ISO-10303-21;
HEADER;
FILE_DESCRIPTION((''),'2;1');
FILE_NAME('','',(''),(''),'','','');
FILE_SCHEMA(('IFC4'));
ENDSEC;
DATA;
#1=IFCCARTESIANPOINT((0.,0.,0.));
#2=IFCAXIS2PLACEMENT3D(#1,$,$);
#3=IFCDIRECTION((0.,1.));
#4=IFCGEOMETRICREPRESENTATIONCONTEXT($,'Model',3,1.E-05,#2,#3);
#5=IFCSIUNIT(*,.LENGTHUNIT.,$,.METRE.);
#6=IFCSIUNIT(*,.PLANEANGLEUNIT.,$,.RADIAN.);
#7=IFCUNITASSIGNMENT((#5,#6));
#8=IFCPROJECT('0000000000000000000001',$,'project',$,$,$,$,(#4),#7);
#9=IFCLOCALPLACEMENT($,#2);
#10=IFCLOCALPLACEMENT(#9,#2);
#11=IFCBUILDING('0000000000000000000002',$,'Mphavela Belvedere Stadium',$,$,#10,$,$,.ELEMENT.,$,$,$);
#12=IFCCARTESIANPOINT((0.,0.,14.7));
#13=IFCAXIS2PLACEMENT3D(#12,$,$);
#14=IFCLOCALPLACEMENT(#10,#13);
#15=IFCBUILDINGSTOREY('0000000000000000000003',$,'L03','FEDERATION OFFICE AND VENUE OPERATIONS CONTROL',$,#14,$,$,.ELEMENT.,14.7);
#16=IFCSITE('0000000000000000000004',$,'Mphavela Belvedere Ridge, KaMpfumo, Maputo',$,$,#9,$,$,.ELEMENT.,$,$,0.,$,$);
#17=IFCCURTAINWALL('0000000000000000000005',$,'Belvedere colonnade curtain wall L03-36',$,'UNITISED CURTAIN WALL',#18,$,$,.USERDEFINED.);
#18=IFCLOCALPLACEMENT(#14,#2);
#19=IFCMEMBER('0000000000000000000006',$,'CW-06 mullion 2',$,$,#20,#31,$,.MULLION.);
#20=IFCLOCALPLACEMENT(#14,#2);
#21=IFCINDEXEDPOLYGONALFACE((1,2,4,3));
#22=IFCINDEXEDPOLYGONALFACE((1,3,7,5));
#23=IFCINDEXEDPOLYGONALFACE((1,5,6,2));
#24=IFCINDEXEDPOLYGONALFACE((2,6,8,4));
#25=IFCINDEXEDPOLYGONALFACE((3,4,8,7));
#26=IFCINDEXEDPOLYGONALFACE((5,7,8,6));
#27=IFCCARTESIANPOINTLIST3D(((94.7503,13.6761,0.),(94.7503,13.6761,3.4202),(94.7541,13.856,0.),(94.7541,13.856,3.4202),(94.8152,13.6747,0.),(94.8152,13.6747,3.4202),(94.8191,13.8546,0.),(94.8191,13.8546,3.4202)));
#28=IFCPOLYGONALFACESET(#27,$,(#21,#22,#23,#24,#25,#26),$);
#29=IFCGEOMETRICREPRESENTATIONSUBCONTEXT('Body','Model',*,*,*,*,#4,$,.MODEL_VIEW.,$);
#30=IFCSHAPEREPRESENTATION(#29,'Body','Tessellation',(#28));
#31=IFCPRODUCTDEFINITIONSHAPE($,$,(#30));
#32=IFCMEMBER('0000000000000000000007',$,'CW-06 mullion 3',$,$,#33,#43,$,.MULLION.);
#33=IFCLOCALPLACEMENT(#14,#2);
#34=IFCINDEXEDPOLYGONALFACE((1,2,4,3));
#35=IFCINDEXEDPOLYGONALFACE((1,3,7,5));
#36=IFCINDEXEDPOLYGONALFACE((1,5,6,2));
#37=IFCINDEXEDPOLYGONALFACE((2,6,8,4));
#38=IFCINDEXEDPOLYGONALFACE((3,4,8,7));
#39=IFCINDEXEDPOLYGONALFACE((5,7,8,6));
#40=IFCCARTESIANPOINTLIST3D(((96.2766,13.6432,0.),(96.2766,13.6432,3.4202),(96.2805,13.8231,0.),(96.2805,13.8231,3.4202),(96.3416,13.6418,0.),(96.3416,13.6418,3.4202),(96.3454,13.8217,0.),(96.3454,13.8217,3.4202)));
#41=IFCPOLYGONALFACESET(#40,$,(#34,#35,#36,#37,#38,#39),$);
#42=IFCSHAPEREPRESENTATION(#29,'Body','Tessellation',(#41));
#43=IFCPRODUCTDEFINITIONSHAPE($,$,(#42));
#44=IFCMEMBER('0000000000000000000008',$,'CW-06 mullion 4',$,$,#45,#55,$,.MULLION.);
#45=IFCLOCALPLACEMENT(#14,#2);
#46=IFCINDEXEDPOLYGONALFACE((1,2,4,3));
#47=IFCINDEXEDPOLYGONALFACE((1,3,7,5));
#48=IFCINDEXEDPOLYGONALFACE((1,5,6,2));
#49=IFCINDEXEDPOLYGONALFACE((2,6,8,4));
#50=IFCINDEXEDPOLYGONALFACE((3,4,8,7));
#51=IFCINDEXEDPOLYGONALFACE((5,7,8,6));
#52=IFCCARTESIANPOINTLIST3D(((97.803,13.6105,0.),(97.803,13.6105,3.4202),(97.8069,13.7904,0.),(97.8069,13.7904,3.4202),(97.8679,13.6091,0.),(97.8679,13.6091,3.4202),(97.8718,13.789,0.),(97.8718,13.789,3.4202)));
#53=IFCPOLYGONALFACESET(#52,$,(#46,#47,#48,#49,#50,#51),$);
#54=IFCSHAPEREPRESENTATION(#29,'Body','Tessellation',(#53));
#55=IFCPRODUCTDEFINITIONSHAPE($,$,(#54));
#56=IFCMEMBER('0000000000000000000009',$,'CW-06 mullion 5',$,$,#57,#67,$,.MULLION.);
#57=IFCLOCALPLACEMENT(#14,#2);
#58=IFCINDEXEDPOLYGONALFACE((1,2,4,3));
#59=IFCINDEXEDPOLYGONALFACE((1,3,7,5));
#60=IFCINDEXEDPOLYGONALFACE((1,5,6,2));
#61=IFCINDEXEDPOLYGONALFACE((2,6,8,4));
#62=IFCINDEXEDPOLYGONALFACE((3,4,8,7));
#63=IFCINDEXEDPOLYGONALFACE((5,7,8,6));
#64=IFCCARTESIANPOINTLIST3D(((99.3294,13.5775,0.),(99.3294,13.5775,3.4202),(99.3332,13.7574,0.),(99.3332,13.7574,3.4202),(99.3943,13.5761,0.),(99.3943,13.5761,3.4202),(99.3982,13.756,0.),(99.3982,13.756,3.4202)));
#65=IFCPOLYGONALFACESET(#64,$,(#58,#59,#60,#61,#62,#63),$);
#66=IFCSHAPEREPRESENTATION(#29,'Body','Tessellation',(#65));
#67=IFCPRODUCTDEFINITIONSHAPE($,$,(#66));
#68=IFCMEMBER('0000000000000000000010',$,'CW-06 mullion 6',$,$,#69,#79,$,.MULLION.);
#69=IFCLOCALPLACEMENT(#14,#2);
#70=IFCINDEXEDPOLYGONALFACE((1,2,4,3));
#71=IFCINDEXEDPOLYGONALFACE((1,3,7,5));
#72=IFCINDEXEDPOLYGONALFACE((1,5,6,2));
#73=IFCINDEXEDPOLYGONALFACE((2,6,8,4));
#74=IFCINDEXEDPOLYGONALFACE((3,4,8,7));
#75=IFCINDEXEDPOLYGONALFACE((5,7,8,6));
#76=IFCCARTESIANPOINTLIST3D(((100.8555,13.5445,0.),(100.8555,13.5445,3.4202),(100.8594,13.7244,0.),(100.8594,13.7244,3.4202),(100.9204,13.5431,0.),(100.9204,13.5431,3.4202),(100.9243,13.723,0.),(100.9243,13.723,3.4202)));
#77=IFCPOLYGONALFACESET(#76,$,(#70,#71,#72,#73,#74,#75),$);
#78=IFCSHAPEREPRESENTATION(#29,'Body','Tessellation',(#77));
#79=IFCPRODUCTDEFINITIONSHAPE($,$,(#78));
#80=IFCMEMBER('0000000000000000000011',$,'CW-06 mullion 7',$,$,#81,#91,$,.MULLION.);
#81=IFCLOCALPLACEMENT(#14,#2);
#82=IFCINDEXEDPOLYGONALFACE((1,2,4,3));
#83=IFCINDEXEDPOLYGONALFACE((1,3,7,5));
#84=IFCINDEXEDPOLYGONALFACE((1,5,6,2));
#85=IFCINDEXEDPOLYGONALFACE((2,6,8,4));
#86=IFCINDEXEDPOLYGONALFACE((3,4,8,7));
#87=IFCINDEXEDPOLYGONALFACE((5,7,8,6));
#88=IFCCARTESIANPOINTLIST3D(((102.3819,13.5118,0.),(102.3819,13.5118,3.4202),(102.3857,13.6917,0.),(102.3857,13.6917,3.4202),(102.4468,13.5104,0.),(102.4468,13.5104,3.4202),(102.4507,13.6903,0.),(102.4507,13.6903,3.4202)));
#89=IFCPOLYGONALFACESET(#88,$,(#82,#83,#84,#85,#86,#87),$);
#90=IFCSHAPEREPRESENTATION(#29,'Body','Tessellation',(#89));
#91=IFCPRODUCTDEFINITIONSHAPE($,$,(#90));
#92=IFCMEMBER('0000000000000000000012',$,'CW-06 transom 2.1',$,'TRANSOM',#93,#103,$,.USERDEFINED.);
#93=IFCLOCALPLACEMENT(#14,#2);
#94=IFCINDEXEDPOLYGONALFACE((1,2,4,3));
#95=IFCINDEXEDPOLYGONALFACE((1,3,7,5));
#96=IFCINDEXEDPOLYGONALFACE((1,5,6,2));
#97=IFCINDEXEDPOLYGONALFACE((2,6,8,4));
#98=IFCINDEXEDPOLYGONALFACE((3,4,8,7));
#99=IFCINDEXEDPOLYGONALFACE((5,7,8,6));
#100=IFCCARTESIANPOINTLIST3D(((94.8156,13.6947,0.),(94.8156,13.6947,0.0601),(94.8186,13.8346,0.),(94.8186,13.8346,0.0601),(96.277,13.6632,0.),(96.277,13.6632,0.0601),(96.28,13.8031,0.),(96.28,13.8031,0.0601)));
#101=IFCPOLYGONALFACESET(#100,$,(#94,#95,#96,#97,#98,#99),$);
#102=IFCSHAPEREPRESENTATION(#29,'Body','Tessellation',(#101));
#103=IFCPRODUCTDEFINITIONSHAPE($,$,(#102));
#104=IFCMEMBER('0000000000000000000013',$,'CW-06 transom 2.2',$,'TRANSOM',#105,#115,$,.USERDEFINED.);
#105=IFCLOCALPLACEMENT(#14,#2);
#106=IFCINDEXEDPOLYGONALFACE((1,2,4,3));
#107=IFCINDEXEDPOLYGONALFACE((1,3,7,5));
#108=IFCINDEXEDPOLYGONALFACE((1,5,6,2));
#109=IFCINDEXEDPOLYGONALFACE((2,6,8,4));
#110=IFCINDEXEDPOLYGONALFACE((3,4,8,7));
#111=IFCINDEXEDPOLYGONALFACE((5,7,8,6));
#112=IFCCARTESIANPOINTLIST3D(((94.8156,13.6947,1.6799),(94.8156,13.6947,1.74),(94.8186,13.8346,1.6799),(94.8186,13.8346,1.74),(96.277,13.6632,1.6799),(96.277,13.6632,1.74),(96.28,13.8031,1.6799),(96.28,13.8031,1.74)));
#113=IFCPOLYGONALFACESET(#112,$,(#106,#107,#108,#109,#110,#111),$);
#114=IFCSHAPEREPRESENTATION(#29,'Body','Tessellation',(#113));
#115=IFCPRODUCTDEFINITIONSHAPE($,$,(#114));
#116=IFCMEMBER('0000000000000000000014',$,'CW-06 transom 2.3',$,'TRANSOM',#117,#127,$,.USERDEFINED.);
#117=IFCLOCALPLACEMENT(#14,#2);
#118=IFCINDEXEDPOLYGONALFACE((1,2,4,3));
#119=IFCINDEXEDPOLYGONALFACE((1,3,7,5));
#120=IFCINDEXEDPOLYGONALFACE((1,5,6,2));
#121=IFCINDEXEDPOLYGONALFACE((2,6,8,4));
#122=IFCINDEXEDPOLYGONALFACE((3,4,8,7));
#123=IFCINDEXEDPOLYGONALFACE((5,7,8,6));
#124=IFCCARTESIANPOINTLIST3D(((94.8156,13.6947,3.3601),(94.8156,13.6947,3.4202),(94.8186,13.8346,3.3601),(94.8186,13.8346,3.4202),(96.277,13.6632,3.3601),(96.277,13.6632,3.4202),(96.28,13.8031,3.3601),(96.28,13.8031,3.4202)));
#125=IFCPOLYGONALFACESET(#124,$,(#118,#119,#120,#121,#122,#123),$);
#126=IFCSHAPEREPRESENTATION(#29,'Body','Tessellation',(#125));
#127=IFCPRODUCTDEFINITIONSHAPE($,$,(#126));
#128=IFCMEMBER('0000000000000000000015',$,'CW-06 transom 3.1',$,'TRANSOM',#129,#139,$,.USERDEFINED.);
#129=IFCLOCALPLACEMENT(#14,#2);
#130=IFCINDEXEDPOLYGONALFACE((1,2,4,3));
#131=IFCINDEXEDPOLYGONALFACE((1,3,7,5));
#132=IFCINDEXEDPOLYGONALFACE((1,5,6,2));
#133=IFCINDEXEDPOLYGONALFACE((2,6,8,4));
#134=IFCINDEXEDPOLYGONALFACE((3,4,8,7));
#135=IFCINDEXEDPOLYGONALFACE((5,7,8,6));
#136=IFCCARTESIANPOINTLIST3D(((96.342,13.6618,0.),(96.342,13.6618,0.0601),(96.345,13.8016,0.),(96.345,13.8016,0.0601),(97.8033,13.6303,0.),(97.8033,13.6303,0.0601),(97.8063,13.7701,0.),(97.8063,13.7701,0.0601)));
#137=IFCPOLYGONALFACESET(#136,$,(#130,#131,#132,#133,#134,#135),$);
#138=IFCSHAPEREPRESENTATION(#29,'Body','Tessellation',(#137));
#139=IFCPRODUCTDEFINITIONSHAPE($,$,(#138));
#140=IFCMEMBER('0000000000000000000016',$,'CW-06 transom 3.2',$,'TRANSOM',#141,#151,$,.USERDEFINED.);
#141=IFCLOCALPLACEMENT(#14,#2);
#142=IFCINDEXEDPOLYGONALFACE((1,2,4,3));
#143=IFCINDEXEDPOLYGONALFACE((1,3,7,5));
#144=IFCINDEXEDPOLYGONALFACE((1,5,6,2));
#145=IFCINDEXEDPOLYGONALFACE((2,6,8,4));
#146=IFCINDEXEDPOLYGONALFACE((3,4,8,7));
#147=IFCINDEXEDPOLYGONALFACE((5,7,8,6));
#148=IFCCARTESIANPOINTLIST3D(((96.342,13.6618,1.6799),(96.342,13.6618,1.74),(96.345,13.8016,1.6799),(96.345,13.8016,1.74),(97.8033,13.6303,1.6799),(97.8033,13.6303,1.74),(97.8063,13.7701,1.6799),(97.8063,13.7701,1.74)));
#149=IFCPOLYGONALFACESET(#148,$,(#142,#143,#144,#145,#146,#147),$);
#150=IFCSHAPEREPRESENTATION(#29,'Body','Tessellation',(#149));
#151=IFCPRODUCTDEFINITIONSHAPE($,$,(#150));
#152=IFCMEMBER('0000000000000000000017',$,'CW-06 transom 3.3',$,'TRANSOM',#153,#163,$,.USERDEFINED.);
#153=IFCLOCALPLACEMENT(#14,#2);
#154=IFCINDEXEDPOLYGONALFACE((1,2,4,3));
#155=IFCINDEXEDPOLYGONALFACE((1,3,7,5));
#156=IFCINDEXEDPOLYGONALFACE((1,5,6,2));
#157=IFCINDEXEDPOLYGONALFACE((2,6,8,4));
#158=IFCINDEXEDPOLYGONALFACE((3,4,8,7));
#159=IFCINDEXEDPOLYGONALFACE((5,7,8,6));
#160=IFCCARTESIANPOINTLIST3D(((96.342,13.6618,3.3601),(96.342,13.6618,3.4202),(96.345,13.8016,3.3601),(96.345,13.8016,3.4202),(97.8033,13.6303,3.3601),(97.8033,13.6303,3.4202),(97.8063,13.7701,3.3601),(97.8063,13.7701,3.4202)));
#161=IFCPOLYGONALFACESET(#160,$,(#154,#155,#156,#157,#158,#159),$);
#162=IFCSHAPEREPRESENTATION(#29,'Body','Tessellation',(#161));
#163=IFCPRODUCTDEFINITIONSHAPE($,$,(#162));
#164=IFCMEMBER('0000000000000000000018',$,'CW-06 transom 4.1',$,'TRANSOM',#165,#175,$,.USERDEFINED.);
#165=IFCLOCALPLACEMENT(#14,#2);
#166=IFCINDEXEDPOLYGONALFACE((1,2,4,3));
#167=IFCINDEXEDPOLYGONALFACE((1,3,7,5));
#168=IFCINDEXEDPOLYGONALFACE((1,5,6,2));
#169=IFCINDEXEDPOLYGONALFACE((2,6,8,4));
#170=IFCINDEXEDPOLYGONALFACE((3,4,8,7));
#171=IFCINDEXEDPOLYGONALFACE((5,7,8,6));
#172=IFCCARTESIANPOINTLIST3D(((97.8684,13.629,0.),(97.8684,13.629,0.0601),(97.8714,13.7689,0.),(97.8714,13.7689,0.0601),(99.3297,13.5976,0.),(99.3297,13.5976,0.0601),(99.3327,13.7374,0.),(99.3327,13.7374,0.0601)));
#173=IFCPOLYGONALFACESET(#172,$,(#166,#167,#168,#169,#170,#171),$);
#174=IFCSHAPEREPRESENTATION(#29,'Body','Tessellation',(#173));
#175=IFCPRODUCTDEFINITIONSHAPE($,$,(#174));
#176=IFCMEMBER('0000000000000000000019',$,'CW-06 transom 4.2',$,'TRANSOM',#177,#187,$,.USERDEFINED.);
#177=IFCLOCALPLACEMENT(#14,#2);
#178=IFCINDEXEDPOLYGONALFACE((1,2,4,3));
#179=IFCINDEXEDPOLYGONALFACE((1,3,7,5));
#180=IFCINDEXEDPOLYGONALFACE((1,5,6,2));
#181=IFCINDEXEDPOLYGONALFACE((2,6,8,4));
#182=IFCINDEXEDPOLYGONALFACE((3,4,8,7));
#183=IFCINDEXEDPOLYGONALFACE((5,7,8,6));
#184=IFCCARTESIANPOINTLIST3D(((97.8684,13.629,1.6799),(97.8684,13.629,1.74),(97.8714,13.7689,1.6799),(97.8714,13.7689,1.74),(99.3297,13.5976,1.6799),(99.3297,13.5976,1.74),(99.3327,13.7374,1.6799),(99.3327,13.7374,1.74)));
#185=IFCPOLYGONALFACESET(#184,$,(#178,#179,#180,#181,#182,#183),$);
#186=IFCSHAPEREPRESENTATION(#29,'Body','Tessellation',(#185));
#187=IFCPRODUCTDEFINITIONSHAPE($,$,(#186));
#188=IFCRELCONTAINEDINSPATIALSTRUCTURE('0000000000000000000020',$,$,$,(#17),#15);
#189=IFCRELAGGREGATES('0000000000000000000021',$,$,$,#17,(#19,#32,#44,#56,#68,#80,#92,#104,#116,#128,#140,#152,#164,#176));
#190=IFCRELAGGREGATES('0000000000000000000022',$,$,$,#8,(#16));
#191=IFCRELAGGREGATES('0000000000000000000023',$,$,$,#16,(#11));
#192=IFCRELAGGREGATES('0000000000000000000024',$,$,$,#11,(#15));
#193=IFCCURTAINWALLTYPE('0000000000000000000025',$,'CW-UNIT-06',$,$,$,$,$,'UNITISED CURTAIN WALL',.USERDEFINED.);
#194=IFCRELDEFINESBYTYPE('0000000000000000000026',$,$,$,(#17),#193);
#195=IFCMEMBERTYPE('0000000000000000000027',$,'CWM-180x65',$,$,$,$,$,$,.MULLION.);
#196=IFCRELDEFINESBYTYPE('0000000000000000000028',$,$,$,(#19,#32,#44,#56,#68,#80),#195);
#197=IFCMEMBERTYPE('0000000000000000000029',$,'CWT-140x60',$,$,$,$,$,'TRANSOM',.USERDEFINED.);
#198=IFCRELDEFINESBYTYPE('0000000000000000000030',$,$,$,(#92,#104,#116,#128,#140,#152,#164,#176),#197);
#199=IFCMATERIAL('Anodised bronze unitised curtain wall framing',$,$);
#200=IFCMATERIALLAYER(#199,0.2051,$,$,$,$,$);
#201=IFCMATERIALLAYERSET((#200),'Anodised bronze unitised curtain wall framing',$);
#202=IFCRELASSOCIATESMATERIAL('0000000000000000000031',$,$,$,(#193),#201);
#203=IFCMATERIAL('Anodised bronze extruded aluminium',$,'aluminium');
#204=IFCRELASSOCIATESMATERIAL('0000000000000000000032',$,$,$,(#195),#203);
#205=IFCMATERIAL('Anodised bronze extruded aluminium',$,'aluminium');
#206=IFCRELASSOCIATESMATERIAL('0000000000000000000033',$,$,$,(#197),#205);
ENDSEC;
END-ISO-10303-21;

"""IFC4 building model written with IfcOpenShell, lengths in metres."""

from ifc_helpers import new_model, si_unit, direction, frame, origin, origin_2d, place, context, subcontext, project, spatial, rectangle, extrude, material, layer, layer_set, material_profile, profile_set, type_object, element, aggregate, save


model = new_model("IFC4")

# Units and contexts
model_context = context("Model", 3, precision=1e-05, world=origin(), true_north=direction((0.0, 1.0)))
body_context = subcontext(model_context, "Body", "Model", "MODEL_VIEW")
ifc_project = project(units=[si_unit("LENGTHUNIT", "METRE"), si_unit("PLANEANGLEUNIT", "RADIAN")], contexts=[model_context])

# Site, building, storey
site_placement = place(None, origin())
site = spatial("IfcSite", under=ifc_project, at=site_placement, Name="Mphavela Belvedere Ridge, KaMpfumo, Maputo", CompositionType="ELEMENT", RefElevation=0.0)
building_placement = place(site_placement, origin())
building = spatial("IfcBuilding", under=site, at=building_placement, Name="Mphavela Belvedere Stadium", CompositionType="ELEMENT")
storey_placement = place(building_placement, frame((0.0, 0.0, 14.7)))
storey = spatial("IfcBuildingStorey", under=building, at=storey_placement, Name="L03", Description="FEDERATION OFFICE AND VENUE OPERATIONS CONTROL", CompositionType="ELEMENT", Elevation=14.7)

# Curtain wall, members
ifc_material_1 = material(Name="Anodised bronze unitised curtain wall framing")
ifc_layer_1 = layer(ifc_material_1, 0.2051)
ifc_layer_set_1 = layer_set([ifc_layer_1], Name="Anodised bronze unitised curtain wall framing")
curtain_wall_type = type_object("IfcCurtainWallType", Name="CW-UNIT-06", ElementType="UNITISED CURTAIN WALL", PredefinedType="USERDEFINED", material=ifc_layer_set_1)
curtain_wall_placement = place(storey_placement, origin())
curtain_wall = element("IfcCurtainWall", 1, at=curtain_wall_placement, inside=storey, type_object=curtain_wall_type, Name="Belvedere colonnade curtain wall L03-36", ObjectType="UNITISED CURTAIN WALL", PredefinedType="USERDEFINED")
ifc_material_2 = material(Name="Anodised bronze extruded aluminium", Category="aluminium")
ifc_material_profile_1 = material_profile(ifc_material_2, rectangle(XDim=0.1799, YDim=0.0649, at=origin_2d()), Name="CW-MUL 180x65")
ifc_profile_set_1 = profile_set([ifc_material_profile_1], Name="Anodised bronze extruded aluminium")
member_type_1 = type_object("IfcMemberType", Name="CWM-180x65", PredefinedType="MULLION", material=ifc_profile_set_1)
member_1_placement = place(storey_placement, frame((94.7847, 13.7654, 0.0), z_axis=(0.0, 0.0, 1.0), x_axis=(0.021531, 0.999768, 0.0)))
member_1 = element("IfcMember", 2, at=member_1_placement, type_object=member_type_1, Name="CW-06 mullion 2", PredefinedType="MULLION", context=body_context, shape_type="SweptSolid", body=[
    extrude(rectangle(XDim=0.1799, YDim=0.0649, at=origin_2d()), origin(), (0.0, 0.0, 1.0), 3.4202),
])
member_2_placement = place(storey_placement, frame((96.311, 13.7324, 0.0), z_axis=(0.0, 0.0, 1.0), x_axis=(0.021531, 0.999768, 0.0)))
member_2 = element("IfcMember", 3, at=member_2_placement, type_object=member_type_1, Name="CW-06 mullion 3", PredefinedType="MULLION", context=body_context, shape_type="SweptSolid", body=[
    extrude(rectangle(XDim=0.1799, YDim=0.0649, at=origin_2d()), origin(), (0.0, 0.0, 1.0), 3.4202),
])
member_3_placement = place(storey_placement, frame((97.8374, 13.6997, 0.0), z_axis=(0.0, 0.0, 1.0), x_axis=(0.021531, 0.999768, 0.0)))
member_3 = element("IfcMember", 4, at=member_3_placement, type_object=member_type_1, Name="CW-06 mullion 4", PredefinedType="MULLION", context=body_context, shape_type="SweptSolid", body=[
    extrude(rectangle(XDim=0.1799, YDim=0.0649, at=origin_2d()), origin(), (0.0, 0.0, 1.0), 3.4202),
])
member_4_placement = place(storey_placement, frame((99.3638, 13.6667, 0.0), z_axis=(0.0, 0.0, 1.0), x_axis=(0.021531, 0.999768, 0.0)))
member_4 = element("IfcMember", 5, at=member_4_placement, type_object=member_type_1, Name="CW-06 mullion 5", PredefinedType="MULLION", context=body_context, shape_type="SweptSolid", body=[
    extrude(rectangle(XDim=0.1799, YDim=0.0649, at=origin_2d()), origin(), (0.0, 0.0, 1.0), 3.4202),
])
member_5_placement = place(storey_placement, frame((100.8899, 13.6338, 0.0), z_axis=(0.0, 0.0, 1.0), x_axis=(0.021531, 0.999768, 0.0)))
member_5 = element("IfcMember", 6, at=member_5_placement, type_object=member_type_1, Name="CW-06 mullion 6", PredefinedType="MULLION", context=body_context, shape_type="SweptSolid", body=[
    extrude(rectangle(XDim=0.1799, YDim=0.0649, at=origin_2d()), origin(), (0.0, 0.0, 1.0), 3.4202),
])
member_6_placement = place(storey_placement, frame((102.4163, 13.6011, 0.0), z_axis=(0.0, 0.0, 1.0), x_axis=(0.021531, 0.999768, 0.0)))
member_6 = element("IfcMember", 7, at=member_6_placement, type_object=member_type_1, Name="CW-06 mullion 7", PredefinedType="MULLION", context=body_context, shape_type="SweptSolid", body=[
    extrude(rectangle(XDim=0.1799, YDim=0.0649, at=origin_2d()), origin(), (0.0, 0.0, 1.0), 3.4202),
])
ifc_material_3 = material(Name="Anodised bronze extruded aluminium", Category="aluminium")
ifc_material_profile_2 = material_profile(ifc_material_3, rectangle(XDim=0.1399, YDim=0.0601, at=origin_2d()), Name="CW-TRN 140x60")
ifc_profile_set_2 = profile_set([ifc_material_profile_2], Name="Anodised bronze extruded aluminium")
member_type_2 = type_object("IfcMemberType", Name="CWT-140x60", ElementType="TRANSOM", PredefinedType="USERDEFINED", material=ifc_profile_set_2)
member_7_placement = place(storey_placement, frame((94.8171, 13.7646, 0.03), z_axis=(0.999768, -0.021545, 0.0), x_axis=(0.021545, 0.999768, 0.0)))
member_7 = element("IfcMember", 8, at=member_7_placement, type_object=member_type_2, Name="CW-06 transom 2.1", ObjectType="TRANSOM", PredefinedType="USERDEFINED", context=body_context, shape_type="SweptSolid", body=[
    extrude(rectangle(XDim=0.1399, YDim=0.0601, at=origin_2d()), origin(), (0.0, 0.0, 1.0), 1.4617),
])
member_8_placement = place(storey_placement, frame((94.8171, 13.7646, 1.71), z_axis=(0.999768, -0.021545, 0.0), x_axis=(0.021545, 0.999768, 0.0)))
member_8 = element("IfcMember", 9, at=member_8_placement, type_object=member_type_2, Name="CW-06 transom 2.2", ObjectType="TRANSOM", PredefinedType="USERDEFINED", context=body_context, shape_type="SweptSolid", body=[
    extrude(rectangle(XDim=0.1399, YDim=0.0601, at=origin_2d()), origin(), (0.0, 0.0, 1.0), 1.4617),
])
member_9_placement = place(storey_placement, frame((94.8171, 13.7646, 3.3901), z_axis=(0.999768, -0.021545, 0.0), x_axis=(0.021545, 0.999768, 0.0)))
member_9 = element("IfcMember", 10, at=member_9_placement, type_object=member_type_2, Name="CW-06 transom 2.3", ObjectType="TRANSOM", PredefinedType="USERDEFINED", context=body_context, shape_type="SweptSolid", body=[
    extrude(rectangle(XDim=0.1399, YDim=0.0601, at=origin_2d()), origin(), (0.0, 0.0, 1.0), 1.4617),
])
member_10_placement = place(storey_placement, frame((96.3435, 13.7317, 0.03), z_axis=(0.999768, -0.021545, 0.0), x_axis=(0.021545, 0.999768, 0.0)))
member_10 = element("IfcMember", 11, at=member_10_placement, type_object=member_type_2, Name="CW-06 transom 3.1", ObjectType="TRANSOM", PredefinedType="USERDEFINED", context=body_context, shape_type="SweptSolid", body=[
    extrude(rectangle(XDim=0.1399, YDim=0.0601, at=origin_2d()), origin(), (0.0, 0.0, 1.0), 1.4617),
])
member_11_placement = place(storey_placement, frame((96.3435, 13.7317, 1.71), z_axis=(0.999768, -0.021545, 0.0), x_axis=(0.021545, 0.999768, 0.0)))
member_11 = element("IfcMember", 12, at=member_11_placement, type_object=member_type_2, Name="CW-06 transom 3.2", ObjectType="TRANSOM", PredefinedType="USERDEFINED", context=body_context, shape_type="SweptSolid", body=[
    extrude(rectangle(XDim=0.1399, YDim=0.0601, at=origin_2d()), origin(), (0.0, 0.0, 1.0), 1.4617),
])
member_12_placement = place(storey_placement, frame((96.3435, 13.7317, 3.3901), z_axis=(0.999768, -0.021545, 0.0), x_axis=(0.021545, 0.999768, 0.0)))
member_12 = element("IfcMember", 13, at=member_12_placement, type_object=member_type_2, Name="CW-06 transom 3.3", ObjectType="TRANSOM", PredefinedType="USERDEFINED", context=body_context, shape_type="SweptSolid", body=[
    extrude(rectangle(XDim=0.1399, YDim=0.0601, at=origin_2d()), origin(), (0.0, 0.0, 1.0), 1.4617),
])
member_13_placement = place(storey_placement, frame((97.8699, 13.699, 0.03), z_axis=(0.999768, -0.021545, 0.0), x_axis=(0.021545, 0.999768, 0.0)))
member_13 = element("IfcMember", 14, at=member_13_placement, type_object=member_type_2, Name="CW-06 transom 4.1", ObjectType="TRANSOM", PredefinedType="USERDEFINED", context=body_context, shape_type="SweptSolid", body=[
    extrude(rectangle(XDim=0.1399, YDim=0.0601, at=origin_2d()), origin(), (0.0, 0.0, 1.0), 1.4617),
])
member_14_placement = place(storey_placement, frame((97.8699, 13.699, 1.71), z_axis=(0.999768, -0.021545, 0.0), x_axis=(0.021545, 0.999768, 0.0)))
member_14 = element("IfcMember", 15, at=member_14_placement, type_object=member_type_2, Name="CW-06 transom 4.2", ObjectType="TRANSOM", PredefinedType="USERDEFINED", context=body_context, shape_type="SweptSolid", body=[
    extrude(rectangle(XDim=0.1399, YDim=0.0601, at=origin_2d()), origin(), (0.0, 0.0, 1.0), 1.4617),
])
aggregate(curtain_wall, [member_1, member_2, member_3, member_4, member_5, member_6, member_7, member_8, member_9, member_10, member_11, member_12, member_13, member_14])

save(model, "model.ifc")
